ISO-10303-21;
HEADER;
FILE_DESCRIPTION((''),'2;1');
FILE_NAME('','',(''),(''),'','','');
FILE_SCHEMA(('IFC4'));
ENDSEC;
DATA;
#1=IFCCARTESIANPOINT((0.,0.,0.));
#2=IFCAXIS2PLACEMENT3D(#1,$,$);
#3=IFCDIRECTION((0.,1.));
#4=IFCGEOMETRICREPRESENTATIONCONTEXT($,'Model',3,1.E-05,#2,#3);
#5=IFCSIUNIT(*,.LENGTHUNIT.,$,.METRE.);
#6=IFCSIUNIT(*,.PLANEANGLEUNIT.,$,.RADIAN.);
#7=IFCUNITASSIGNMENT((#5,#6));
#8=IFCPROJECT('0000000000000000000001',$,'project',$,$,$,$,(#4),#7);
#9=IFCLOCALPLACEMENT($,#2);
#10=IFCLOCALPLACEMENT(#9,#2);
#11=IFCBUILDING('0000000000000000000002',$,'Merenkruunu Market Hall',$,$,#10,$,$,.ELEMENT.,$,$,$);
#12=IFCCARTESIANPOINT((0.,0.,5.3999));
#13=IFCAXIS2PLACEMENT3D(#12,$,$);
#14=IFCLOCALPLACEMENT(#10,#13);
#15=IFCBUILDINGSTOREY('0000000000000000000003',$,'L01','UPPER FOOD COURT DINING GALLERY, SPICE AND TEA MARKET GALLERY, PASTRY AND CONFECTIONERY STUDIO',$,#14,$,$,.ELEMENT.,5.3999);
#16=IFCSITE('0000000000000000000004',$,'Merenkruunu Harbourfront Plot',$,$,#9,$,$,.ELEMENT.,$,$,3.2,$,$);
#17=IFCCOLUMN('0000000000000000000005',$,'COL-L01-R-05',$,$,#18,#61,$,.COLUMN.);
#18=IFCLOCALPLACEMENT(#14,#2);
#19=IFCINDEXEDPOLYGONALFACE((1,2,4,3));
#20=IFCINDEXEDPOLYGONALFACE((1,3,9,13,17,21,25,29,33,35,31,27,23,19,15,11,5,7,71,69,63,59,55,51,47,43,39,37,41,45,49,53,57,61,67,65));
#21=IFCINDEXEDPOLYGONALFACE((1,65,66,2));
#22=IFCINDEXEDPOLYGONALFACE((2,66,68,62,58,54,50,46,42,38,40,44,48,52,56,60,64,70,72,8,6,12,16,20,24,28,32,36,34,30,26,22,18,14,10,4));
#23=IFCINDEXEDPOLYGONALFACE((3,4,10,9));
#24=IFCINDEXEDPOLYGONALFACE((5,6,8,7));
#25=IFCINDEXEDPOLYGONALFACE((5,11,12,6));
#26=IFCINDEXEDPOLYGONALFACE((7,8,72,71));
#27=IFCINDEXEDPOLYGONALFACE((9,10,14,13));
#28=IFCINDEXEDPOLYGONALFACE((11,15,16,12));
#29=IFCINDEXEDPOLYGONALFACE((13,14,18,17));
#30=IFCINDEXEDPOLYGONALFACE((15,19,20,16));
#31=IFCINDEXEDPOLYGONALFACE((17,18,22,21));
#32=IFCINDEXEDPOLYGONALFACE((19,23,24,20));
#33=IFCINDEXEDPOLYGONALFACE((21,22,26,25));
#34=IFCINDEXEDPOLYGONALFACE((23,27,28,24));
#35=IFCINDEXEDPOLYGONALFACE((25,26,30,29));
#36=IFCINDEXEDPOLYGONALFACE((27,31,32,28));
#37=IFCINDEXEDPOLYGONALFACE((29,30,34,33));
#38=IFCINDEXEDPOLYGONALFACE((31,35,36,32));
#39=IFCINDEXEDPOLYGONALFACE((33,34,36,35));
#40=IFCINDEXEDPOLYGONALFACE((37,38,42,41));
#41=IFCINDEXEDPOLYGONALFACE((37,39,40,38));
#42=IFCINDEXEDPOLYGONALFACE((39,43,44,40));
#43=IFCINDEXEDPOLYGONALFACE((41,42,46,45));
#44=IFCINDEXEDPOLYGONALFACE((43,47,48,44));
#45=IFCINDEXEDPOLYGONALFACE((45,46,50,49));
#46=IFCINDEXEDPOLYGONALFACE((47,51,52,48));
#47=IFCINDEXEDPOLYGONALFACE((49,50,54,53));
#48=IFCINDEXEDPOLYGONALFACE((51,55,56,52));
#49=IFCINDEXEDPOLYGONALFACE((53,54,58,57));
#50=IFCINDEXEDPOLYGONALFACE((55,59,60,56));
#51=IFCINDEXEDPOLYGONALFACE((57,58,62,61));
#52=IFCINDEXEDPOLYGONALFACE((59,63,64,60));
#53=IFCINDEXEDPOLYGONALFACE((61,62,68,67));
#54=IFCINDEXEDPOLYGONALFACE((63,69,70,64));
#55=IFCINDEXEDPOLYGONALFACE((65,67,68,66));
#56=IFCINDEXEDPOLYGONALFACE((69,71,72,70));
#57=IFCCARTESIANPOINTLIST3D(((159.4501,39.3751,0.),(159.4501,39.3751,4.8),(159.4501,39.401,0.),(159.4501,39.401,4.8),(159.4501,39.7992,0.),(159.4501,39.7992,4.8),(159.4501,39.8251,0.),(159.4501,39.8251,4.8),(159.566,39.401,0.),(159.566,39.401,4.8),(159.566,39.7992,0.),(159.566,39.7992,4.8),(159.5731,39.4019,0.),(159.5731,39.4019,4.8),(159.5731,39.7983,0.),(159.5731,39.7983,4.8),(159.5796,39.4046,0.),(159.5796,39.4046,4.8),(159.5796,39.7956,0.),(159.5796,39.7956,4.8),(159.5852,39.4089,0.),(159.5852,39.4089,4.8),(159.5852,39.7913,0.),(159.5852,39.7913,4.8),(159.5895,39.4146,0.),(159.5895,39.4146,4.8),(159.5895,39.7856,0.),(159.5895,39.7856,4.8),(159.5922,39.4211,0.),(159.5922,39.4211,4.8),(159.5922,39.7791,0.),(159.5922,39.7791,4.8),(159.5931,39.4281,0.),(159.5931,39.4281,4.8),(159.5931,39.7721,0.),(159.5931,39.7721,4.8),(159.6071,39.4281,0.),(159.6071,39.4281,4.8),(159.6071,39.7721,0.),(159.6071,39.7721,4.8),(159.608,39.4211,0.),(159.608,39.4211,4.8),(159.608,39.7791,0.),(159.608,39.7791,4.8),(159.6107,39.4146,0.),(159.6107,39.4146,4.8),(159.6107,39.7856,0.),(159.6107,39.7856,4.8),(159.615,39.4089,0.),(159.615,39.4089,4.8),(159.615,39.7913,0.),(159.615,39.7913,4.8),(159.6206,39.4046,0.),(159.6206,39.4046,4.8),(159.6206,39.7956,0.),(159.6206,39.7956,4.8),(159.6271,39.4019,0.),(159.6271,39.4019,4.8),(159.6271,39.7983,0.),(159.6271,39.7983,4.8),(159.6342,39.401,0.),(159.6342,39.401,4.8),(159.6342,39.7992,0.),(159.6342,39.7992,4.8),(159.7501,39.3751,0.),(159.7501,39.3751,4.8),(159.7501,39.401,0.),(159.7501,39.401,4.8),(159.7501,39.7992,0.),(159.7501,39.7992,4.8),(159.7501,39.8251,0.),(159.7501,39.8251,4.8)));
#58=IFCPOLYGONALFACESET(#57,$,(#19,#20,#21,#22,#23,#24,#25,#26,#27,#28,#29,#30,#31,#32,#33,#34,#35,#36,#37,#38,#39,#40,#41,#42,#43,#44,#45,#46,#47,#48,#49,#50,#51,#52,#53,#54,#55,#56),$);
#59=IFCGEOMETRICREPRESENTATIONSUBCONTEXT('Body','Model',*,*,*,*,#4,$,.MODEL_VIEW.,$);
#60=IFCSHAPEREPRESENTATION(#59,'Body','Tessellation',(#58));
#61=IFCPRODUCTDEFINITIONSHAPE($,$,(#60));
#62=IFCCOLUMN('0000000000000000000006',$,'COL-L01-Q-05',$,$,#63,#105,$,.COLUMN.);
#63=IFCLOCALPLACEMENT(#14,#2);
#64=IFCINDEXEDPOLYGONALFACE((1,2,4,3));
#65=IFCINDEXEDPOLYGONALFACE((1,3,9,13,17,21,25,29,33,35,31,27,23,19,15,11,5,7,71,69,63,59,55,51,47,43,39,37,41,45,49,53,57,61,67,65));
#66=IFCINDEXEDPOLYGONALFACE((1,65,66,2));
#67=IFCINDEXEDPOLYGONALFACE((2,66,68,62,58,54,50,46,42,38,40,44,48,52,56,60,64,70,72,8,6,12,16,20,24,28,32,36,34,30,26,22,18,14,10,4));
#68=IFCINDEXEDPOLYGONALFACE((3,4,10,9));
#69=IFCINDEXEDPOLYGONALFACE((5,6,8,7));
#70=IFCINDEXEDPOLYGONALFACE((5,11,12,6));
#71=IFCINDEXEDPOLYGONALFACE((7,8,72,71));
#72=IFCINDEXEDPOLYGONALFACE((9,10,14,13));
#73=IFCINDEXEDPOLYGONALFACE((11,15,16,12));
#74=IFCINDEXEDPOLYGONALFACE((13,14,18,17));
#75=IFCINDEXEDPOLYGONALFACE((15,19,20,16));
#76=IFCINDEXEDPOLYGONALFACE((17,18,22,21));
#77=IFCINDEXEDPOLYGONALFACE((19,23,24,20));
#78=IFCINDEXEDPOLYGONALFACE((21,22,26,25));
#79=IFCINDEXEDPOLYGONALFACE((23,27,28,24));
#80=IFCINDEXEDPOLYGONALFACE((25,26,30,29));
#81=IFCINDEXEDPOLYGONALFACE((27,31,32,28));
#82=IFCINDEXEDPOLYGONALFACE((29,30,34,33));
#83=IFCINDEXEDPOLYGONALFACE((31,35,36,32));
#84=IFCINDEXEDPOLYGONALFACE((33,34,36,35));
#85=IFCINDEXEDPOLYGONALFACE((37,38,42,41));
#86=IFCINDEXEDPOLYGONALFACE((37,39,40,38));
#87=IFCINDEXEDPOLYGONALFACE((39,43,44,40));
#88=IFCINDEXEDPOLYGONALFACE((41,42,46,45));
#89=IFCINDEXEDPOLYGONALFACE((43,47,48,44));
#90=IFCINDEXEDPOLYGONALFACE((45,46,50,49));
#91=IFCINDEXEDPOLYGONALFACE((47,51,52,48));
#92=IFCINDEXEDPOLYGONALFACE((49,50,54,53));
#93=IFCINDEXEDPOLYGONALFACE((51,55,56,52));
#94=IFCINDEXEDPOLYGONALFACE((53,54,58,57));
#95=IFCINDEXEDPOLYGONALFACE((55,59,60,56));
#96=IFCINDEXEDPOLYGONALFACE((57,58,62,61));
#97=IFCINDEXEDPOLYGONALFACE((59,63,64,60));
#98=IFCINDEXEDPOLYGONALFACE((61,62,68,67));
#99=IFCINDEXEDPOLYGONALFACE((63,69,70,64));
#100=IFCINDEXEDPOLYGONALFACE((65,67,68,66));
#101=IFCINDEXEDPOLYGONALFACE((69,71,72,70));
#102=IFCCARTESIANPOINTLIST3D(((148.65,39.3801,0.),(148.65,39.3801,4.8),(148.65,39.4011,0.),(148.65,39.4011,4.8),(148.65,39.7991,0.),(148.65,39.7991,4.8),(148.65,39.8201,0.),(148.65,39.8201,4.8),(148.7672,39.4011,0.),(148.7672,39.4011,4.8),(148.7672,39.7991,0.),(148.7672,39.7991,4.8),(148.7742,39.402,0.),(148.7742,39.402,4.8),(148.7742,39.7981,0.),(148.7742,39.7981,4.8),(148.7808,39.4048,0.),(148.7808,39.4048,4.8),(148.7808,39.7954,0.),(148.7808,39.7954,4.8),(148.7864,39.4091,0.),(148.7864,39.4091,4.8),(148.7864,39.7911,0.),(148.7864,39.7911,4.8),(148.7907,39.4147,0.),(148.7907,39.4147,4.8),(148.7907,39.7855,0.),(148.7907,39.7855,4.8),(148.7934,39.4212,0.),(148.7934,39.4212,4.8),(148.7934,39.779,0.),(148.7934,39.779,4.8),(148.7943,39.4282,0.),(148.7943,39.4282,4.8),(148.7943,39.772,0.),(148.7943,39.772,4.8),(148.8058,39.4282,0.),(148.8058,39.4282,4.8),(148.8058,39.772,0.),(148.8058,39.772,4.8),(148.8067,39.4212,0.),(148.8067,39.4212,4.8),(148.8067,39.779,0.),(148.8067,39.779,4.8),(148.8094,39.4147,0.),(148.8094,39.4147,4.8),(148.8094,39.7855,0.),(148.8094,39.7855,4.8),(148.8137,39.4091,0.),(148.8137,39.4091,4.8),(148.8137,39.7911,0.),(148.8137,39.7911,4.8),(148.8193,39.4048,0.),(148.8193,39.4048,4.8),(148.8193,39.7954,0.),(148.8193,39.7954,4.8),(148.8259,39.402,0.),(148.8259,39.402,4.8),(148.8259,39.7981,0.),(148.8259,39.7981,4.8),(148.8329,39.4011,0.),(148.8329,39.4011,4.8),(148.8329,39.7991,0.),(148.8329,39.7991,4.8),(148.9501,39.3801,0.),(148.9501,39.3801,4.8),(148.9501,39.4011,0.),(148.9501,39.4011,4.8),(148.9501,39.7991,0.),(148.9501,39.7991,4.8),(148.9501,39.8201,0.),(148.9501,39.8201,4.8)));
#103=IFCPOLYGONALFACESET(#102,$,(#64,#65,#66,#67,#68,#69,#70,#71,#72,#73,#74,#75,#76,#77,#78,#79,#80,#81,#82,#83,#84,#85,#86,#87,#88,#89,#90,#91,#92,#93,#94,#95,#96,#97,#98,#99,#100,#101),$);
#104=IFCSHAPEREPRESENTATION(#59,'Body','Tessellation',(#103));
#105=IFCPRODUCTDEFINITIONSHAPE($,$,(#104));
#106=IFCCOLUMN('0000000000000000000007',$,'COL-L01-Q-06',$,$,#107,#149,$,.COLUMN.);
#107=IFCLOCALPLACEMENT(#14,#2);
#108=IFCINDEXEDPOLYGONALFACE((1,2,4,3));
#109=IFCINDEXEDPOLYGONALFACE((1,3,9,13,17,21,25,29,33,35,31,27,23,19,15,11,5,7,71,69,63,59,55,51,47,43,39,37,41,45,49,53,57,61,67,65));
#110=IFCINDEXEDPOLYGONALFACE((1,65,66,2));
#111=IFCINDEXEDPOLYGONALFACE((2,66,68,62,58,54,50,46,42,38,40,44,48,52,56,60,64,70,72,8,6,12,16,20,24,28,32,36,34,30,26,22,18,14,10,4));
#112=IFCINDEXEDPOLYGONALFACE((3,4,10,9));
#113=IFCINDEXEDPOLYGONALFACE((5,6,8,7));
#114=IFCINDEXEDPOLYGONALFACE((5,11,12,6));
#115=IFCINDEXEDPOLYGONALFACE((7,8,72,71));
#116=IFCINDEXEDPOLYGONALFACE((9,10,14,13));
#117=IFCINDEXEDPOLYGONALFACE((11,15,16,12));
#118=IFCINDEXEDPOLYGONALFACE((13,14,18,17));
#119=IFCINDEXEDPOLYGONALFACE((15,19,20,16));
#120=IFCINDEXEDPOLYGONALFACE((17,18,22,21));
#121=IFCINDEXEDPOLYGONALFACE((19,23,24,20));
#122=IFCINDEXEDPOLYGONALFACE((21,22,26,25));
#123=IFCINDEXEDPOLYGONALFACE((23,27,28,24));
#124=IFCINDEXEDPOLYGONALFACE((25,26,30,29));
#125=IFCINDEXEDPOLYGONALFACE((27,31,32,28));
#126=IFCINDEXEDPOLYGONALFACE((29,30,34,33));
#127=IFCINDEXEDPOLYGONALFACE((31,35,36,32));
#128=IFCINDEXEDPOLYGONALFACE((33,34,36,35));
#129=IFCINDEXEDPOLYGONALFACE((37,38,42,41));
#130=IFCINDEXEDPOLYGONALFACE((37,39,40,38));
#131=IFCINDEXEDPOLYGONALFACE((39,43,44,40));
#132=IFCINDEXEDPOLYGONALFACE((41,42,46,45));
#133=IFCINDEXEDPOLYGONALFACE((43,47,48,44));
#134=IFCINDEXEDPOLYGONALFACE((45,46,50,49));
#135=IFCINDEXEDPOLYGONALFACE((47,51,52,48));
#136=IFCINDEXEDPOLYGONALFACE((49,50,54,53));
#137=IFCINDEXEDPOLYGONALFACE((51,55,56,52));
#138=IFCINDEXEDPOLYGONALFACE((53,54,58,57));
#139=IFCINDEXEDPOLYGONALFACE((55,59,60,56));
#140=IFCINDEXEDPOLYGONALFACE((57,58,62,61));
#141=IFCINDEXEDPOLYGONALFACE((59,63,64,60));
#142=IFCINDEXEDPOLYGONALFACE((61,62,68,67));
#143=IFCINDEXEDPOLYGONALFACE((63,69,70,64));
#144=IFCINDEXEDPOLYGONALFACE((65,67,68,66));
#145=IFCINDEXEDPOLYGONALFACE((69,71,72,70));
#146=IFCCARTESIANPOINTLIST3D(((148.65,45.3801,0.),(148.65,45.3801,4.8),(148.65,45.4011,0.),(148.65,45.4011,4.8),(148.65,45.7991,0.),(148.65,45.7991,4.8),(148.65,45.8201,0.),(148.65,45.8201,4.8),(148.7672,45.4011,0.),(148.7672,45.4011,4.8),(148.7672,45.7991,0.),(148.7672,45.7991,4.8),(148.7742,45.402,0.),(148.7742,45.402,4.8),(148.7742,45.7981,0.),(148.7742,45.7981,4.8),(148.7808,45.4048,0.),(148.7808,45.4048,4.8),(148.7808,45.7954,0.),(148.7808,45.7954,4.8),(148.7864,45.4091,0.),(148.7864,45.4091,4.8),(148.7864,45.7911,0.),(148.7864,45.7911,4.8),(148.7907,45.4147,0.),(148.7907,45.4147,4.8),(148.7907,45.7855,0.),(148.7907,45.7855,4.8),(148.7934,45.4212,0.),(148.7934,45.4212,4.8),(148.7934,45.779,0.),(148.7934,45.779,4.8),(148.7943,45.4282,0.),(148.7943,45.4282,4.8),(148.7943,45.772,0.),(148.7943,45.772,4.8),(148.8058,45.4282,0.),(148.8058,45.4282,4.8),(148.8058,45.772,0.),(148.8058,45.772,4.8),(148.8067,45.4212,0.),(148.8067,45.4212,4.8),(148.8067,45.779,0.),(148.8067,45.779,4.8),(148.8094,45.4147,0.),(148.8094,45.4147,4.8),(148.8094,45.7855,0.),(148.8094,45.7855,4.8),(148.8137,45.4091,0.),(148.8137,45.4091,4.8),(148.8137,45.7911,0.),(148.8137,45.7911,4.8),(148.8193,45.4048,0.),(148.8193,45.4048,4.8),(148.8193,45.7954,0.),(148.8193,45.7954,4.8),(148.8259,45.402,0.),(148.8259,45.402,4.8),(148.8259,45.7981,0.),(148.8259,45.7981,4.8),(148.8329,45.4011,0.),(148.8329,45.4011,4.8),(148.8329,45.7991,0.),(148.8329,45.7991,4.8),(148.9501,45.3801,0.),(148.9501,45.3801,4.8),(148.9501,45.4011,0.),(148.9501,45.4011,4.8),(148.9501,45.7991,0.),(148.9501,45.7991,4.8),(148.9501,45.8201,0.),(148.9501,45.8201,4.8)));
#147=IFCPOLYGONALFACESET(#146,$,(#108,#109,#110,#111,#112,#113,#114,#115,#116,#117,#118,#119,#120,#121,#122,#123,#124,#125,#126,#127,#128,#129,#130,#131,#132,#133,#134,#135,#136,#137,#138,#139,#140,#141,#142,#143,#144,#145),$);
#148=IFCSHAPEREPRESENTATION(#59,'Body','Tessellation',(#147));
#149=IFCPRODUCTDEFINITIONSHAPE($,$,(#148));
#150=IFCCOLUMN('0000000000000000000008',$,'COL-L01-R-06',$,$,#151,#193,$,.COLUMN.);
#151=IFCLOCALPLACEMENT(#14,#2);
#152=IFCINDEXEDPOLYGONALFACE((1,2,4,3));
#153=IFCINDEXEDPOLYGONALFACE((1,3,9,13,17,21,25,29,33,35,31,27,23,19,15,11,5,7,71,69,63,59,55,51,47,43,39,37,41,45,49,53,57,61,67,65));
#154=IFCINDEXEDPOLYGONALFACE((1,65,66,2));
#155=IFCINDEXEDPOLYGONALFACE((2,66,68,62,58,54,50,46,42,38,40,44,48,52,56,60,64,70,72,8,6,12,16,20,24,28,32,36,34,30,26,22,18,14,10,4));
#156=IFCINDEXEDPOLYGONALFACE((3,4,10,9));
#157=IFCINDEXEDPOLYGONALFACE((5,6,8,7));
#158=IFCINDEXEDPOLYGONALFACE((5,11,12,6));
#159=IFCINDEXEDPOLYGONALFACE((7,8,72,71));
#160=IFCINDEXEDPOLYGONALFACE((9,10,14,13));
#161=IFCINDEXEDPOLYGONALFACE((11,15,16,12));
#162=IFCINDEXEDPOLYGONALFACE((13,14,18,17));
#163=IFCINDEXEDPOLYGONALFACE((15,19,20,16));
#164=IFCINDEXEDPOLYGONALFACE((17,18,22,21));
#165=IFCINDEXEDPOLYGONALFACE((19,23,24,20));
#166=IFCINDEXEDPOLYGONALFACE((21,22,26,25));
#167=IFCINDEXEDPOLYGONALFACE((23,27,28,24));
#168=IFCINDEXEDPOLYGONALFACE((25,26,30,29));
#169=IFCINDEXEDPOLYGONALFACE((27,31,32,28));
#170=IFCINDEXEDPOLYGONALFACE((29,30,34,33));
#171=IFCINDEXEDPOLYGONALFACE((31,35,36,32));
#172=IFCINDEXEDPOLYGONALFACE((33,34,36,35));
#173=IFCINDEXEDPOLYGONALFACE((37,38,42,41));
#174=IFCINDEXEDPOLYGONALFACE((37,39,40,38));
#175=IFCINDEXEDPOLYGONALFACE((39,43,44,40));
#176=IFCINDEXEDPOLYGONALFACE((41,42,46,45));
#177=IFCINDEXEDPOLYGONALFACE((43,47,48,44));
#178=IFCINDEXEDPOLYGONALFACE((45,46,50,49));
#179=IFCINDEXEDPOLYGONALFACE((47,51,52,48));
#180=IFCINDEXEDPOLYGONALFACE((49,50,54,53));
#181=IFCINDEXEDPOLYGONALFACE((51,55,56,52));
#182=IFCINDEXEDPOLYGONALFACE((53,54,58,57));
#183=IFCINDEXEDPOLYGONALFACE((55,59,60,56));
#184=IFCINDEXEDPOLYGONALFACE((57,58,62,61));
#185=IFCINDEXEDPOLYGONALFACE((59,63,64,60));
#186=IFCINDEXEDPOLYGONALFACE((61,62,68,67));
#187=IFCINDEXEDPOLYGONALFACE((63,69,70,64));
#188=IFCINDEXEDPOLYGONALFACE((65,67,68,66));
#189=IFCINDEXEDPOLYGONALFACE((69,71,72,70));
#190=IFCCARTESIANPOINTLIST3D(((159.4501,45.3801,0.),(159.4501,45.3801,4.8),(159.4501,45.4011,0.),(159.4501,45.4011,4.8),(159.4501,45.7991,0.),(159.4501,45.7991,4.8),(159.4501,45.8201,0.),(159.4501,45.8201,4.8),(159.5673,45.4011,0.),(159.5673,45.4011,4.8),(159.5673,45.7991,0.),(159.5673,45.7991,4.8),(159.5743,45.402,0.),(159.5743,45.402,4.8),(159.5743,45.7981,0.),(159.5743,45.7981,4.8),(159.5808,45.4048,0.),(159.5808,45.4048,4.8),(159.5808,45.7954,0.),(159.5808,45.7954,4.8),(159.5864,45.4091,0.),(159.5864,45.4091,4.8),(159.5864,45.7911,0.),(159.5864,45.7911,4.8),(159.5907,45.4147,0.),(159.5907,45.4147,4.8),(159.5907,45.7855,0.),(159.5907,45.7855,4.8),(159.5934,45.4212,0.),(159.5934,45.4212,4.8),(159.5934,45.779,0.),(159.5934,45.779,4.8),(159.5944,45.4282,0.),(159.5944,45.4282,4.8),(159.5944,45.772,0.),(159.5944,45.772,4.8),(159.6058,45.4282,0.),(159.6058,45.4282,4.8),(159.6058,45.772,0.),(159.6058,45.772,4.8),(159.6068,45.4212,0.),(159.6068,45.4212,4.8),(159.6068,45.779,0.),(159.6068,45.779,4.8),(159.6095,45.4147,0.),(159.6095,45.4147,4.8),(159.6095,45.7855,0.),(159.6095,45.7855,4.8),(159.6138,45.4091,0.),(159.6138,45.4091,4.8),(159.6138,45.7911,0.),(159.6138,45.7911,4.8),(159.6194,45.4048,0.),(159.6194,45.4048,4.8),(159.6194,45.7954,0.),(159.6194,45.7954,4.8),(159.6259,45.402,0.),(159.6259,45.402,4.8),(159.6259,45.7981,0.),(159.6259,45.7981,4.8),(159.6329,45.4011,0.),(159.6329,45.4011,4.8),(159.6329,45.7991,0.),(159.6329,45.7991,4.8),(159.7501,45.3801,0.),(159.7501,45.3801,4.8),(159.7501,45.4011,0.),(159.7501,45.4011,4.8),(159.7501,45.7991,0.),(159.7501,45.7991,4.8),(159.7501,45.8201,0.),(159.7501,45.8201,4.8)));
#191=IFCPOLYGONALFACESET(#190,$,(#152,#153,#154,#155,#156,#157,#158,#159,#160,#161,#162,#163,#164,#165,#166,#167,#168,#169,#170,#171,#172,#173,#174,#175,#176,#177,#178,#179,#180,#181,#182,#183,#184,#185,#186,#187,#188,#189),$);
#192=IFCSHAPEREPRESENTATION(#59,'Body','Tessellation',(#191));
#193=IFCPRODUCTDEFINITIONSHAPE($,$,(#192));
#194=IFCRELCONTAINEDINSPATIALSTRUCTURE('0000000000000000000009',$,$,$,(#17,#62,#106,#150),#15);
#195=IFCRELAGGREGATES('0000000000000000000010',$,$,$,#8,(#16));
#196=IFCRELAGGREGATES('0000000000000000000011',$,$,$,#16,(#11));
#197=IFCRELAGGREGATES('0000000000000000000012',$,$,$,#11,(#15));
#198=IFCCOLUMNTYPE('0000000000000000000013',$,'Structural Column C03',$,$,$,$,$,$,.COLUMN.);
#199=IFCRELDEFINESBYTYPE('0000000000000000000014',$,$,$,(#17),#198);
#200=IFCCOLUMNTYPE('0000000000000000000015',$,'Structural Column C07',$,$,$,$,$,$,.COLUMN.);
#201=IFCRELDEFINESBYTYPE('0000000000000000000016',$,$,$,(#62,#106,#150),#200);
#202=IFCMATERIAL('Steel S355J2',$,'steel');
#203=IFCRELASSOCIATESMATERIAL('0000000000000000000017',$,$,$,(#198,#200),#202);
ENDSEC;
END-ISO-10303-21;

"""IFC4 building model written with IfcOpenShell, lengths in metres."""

from ifc_helpers import new_model, si_unit, direction, frame, origin, origin_2d, place, context, subcontext, project, spatial, i_section, extrude, material, material_profile, profile_set, type_object, element, save


model = new_model("IFC4")

# Units and contexts
model_context = context("Model", 3, precision=1e-05, world=origin(), true_north=direction((0.0, 1.0)))
body_context = subcontext(model_context, "Body", "Model", "MODEL_VIEW")
ifc_project = project(units=[si_unit("LENGTHUNIT", "METRE"), si_unit("PLANEANGLEUNIT", "RADIAN")], contexts=[model_context])

# Site, building, storey
site_placement = place(None, origin())
site = spatial("IfcSite", under=ifc_project, at=site_placement, Name="Merenkruunu Harbourfront Plot", CompositionType="ELEMENT", RefElevation=3.2)
building_placement = place(site_placement, origin())
building = spatial("IfcBuilding", under=site, at=building_placement, Name="Merenkruunu Market Hall", CompositionType="ELEMENT")
storey_placement = place(building_placement, frame((0.0, 0.0, 5.3999)))
storey = spatial("IfcBuildingStorey", under=building, at=storey_placement, Name="L01", Description="UPPER FOOD COURT DINING GALLERY, SPICE AND TEA MARKET GALLERY, PASTRY AND CONFECTIONERY STUDIO", CompositionType="ELEMENT", Elevation=5.3999)

# Columns
ifc_material_1 = material(Name="Steel S355J2", Category="steel")
ifc_material_profile_1 = material_profile(ifc_material_1, i_section(OverallWidth=0.3, OverallDepth=0.45, WebThickness=0.0139, FlangeThickness=0.0259, FilletRadius=0.0271, at=origin_2d()), Name="HEB 450")
ifc_profile_set_1 = profile_set([ifc_material_profile_1], Name="Steel S355J2")
column_type_1 = type_object("IfcColumnType", Name="Structural Column C03", PredefinedType="COLUMN", material=ifc_profile_set_1)
column_placement = place(storey_placement, frame((159.6001, 39.6001, 0.0), z_axis=(0.0, 0.0, 1.0), x_axis=(1.0, 0.0, 0.0)))
element("IfcColumn", 1, at=column_placement, inside=storey, type_object=column_type_1, Name="COL-L01-R-05", PredefinedType="COLUMN", context=body_context, shape_type="SweptSolid", body=[
    extrude(i_section(OverallWidth=0.3, OverallDepth=0.45, WebThickness=0.0139, FlangeThickness=0.0259, FilletRadius=0.0271, at=origin_2d()), origin(), (0.0, 0.0, 1.0), 4.8),
])
ifc_material_profile_2 = material_profile(ifc_material_1, i_section(OverallWidth=0.3, OverallDepth=0.4399, WebThickness=0.0115, FlangeThickness=0.021, FilletRadius=0.0271, at=origin_2d()), Name="HEA 450")
ifc_profile_set_2 = profile_set([ifc_material_profile_2], Name="Steel S355J2")
column_type_2 = type_object("IfcColumnType", Name="Structural Column C07", PredefinedType="COLUMN", material=ifc_profile_set_2)
for number, where, z_axis, x_axis, name in (
    (2, (148.8, 39.6001, 0.0), (0.0, 0.0, 1.0), (1.0, 0.0, 0.0), "COL-L01-Q-05"),
    (3, (148.8, 45.6001, 0.0), (0.0, 0.0, 1.0), (1.0, 0.0, 0.0), "COL-L01-Q-06"),
    (4, (159.6001, 45.6001, 0.0), (0.0, 0.0, 1.0), (1.0, 0.0, 0.0), "COL-L01-R-06"),
):
    element("IfcColumn", number, at=place(storey_placement, frame(where, z_axis=z_axis, x_axis=x_axis)), inside=storey, type_object=column_type_2, Name=name, PredefinedType="COLUMN", context=body_context, shape_type="SweptSolid", body=[
        extrude(i_section(OverallWidth=0.3, OverallDepth=0.4399, WebThickness=0.0115, FlangeThickness=0.021, FilletRadius=0.0271, at=origin_2d()), origin(), (0.0, 0.0, 1.0), 4.8),
    ])

save(model, "model.ifc")
